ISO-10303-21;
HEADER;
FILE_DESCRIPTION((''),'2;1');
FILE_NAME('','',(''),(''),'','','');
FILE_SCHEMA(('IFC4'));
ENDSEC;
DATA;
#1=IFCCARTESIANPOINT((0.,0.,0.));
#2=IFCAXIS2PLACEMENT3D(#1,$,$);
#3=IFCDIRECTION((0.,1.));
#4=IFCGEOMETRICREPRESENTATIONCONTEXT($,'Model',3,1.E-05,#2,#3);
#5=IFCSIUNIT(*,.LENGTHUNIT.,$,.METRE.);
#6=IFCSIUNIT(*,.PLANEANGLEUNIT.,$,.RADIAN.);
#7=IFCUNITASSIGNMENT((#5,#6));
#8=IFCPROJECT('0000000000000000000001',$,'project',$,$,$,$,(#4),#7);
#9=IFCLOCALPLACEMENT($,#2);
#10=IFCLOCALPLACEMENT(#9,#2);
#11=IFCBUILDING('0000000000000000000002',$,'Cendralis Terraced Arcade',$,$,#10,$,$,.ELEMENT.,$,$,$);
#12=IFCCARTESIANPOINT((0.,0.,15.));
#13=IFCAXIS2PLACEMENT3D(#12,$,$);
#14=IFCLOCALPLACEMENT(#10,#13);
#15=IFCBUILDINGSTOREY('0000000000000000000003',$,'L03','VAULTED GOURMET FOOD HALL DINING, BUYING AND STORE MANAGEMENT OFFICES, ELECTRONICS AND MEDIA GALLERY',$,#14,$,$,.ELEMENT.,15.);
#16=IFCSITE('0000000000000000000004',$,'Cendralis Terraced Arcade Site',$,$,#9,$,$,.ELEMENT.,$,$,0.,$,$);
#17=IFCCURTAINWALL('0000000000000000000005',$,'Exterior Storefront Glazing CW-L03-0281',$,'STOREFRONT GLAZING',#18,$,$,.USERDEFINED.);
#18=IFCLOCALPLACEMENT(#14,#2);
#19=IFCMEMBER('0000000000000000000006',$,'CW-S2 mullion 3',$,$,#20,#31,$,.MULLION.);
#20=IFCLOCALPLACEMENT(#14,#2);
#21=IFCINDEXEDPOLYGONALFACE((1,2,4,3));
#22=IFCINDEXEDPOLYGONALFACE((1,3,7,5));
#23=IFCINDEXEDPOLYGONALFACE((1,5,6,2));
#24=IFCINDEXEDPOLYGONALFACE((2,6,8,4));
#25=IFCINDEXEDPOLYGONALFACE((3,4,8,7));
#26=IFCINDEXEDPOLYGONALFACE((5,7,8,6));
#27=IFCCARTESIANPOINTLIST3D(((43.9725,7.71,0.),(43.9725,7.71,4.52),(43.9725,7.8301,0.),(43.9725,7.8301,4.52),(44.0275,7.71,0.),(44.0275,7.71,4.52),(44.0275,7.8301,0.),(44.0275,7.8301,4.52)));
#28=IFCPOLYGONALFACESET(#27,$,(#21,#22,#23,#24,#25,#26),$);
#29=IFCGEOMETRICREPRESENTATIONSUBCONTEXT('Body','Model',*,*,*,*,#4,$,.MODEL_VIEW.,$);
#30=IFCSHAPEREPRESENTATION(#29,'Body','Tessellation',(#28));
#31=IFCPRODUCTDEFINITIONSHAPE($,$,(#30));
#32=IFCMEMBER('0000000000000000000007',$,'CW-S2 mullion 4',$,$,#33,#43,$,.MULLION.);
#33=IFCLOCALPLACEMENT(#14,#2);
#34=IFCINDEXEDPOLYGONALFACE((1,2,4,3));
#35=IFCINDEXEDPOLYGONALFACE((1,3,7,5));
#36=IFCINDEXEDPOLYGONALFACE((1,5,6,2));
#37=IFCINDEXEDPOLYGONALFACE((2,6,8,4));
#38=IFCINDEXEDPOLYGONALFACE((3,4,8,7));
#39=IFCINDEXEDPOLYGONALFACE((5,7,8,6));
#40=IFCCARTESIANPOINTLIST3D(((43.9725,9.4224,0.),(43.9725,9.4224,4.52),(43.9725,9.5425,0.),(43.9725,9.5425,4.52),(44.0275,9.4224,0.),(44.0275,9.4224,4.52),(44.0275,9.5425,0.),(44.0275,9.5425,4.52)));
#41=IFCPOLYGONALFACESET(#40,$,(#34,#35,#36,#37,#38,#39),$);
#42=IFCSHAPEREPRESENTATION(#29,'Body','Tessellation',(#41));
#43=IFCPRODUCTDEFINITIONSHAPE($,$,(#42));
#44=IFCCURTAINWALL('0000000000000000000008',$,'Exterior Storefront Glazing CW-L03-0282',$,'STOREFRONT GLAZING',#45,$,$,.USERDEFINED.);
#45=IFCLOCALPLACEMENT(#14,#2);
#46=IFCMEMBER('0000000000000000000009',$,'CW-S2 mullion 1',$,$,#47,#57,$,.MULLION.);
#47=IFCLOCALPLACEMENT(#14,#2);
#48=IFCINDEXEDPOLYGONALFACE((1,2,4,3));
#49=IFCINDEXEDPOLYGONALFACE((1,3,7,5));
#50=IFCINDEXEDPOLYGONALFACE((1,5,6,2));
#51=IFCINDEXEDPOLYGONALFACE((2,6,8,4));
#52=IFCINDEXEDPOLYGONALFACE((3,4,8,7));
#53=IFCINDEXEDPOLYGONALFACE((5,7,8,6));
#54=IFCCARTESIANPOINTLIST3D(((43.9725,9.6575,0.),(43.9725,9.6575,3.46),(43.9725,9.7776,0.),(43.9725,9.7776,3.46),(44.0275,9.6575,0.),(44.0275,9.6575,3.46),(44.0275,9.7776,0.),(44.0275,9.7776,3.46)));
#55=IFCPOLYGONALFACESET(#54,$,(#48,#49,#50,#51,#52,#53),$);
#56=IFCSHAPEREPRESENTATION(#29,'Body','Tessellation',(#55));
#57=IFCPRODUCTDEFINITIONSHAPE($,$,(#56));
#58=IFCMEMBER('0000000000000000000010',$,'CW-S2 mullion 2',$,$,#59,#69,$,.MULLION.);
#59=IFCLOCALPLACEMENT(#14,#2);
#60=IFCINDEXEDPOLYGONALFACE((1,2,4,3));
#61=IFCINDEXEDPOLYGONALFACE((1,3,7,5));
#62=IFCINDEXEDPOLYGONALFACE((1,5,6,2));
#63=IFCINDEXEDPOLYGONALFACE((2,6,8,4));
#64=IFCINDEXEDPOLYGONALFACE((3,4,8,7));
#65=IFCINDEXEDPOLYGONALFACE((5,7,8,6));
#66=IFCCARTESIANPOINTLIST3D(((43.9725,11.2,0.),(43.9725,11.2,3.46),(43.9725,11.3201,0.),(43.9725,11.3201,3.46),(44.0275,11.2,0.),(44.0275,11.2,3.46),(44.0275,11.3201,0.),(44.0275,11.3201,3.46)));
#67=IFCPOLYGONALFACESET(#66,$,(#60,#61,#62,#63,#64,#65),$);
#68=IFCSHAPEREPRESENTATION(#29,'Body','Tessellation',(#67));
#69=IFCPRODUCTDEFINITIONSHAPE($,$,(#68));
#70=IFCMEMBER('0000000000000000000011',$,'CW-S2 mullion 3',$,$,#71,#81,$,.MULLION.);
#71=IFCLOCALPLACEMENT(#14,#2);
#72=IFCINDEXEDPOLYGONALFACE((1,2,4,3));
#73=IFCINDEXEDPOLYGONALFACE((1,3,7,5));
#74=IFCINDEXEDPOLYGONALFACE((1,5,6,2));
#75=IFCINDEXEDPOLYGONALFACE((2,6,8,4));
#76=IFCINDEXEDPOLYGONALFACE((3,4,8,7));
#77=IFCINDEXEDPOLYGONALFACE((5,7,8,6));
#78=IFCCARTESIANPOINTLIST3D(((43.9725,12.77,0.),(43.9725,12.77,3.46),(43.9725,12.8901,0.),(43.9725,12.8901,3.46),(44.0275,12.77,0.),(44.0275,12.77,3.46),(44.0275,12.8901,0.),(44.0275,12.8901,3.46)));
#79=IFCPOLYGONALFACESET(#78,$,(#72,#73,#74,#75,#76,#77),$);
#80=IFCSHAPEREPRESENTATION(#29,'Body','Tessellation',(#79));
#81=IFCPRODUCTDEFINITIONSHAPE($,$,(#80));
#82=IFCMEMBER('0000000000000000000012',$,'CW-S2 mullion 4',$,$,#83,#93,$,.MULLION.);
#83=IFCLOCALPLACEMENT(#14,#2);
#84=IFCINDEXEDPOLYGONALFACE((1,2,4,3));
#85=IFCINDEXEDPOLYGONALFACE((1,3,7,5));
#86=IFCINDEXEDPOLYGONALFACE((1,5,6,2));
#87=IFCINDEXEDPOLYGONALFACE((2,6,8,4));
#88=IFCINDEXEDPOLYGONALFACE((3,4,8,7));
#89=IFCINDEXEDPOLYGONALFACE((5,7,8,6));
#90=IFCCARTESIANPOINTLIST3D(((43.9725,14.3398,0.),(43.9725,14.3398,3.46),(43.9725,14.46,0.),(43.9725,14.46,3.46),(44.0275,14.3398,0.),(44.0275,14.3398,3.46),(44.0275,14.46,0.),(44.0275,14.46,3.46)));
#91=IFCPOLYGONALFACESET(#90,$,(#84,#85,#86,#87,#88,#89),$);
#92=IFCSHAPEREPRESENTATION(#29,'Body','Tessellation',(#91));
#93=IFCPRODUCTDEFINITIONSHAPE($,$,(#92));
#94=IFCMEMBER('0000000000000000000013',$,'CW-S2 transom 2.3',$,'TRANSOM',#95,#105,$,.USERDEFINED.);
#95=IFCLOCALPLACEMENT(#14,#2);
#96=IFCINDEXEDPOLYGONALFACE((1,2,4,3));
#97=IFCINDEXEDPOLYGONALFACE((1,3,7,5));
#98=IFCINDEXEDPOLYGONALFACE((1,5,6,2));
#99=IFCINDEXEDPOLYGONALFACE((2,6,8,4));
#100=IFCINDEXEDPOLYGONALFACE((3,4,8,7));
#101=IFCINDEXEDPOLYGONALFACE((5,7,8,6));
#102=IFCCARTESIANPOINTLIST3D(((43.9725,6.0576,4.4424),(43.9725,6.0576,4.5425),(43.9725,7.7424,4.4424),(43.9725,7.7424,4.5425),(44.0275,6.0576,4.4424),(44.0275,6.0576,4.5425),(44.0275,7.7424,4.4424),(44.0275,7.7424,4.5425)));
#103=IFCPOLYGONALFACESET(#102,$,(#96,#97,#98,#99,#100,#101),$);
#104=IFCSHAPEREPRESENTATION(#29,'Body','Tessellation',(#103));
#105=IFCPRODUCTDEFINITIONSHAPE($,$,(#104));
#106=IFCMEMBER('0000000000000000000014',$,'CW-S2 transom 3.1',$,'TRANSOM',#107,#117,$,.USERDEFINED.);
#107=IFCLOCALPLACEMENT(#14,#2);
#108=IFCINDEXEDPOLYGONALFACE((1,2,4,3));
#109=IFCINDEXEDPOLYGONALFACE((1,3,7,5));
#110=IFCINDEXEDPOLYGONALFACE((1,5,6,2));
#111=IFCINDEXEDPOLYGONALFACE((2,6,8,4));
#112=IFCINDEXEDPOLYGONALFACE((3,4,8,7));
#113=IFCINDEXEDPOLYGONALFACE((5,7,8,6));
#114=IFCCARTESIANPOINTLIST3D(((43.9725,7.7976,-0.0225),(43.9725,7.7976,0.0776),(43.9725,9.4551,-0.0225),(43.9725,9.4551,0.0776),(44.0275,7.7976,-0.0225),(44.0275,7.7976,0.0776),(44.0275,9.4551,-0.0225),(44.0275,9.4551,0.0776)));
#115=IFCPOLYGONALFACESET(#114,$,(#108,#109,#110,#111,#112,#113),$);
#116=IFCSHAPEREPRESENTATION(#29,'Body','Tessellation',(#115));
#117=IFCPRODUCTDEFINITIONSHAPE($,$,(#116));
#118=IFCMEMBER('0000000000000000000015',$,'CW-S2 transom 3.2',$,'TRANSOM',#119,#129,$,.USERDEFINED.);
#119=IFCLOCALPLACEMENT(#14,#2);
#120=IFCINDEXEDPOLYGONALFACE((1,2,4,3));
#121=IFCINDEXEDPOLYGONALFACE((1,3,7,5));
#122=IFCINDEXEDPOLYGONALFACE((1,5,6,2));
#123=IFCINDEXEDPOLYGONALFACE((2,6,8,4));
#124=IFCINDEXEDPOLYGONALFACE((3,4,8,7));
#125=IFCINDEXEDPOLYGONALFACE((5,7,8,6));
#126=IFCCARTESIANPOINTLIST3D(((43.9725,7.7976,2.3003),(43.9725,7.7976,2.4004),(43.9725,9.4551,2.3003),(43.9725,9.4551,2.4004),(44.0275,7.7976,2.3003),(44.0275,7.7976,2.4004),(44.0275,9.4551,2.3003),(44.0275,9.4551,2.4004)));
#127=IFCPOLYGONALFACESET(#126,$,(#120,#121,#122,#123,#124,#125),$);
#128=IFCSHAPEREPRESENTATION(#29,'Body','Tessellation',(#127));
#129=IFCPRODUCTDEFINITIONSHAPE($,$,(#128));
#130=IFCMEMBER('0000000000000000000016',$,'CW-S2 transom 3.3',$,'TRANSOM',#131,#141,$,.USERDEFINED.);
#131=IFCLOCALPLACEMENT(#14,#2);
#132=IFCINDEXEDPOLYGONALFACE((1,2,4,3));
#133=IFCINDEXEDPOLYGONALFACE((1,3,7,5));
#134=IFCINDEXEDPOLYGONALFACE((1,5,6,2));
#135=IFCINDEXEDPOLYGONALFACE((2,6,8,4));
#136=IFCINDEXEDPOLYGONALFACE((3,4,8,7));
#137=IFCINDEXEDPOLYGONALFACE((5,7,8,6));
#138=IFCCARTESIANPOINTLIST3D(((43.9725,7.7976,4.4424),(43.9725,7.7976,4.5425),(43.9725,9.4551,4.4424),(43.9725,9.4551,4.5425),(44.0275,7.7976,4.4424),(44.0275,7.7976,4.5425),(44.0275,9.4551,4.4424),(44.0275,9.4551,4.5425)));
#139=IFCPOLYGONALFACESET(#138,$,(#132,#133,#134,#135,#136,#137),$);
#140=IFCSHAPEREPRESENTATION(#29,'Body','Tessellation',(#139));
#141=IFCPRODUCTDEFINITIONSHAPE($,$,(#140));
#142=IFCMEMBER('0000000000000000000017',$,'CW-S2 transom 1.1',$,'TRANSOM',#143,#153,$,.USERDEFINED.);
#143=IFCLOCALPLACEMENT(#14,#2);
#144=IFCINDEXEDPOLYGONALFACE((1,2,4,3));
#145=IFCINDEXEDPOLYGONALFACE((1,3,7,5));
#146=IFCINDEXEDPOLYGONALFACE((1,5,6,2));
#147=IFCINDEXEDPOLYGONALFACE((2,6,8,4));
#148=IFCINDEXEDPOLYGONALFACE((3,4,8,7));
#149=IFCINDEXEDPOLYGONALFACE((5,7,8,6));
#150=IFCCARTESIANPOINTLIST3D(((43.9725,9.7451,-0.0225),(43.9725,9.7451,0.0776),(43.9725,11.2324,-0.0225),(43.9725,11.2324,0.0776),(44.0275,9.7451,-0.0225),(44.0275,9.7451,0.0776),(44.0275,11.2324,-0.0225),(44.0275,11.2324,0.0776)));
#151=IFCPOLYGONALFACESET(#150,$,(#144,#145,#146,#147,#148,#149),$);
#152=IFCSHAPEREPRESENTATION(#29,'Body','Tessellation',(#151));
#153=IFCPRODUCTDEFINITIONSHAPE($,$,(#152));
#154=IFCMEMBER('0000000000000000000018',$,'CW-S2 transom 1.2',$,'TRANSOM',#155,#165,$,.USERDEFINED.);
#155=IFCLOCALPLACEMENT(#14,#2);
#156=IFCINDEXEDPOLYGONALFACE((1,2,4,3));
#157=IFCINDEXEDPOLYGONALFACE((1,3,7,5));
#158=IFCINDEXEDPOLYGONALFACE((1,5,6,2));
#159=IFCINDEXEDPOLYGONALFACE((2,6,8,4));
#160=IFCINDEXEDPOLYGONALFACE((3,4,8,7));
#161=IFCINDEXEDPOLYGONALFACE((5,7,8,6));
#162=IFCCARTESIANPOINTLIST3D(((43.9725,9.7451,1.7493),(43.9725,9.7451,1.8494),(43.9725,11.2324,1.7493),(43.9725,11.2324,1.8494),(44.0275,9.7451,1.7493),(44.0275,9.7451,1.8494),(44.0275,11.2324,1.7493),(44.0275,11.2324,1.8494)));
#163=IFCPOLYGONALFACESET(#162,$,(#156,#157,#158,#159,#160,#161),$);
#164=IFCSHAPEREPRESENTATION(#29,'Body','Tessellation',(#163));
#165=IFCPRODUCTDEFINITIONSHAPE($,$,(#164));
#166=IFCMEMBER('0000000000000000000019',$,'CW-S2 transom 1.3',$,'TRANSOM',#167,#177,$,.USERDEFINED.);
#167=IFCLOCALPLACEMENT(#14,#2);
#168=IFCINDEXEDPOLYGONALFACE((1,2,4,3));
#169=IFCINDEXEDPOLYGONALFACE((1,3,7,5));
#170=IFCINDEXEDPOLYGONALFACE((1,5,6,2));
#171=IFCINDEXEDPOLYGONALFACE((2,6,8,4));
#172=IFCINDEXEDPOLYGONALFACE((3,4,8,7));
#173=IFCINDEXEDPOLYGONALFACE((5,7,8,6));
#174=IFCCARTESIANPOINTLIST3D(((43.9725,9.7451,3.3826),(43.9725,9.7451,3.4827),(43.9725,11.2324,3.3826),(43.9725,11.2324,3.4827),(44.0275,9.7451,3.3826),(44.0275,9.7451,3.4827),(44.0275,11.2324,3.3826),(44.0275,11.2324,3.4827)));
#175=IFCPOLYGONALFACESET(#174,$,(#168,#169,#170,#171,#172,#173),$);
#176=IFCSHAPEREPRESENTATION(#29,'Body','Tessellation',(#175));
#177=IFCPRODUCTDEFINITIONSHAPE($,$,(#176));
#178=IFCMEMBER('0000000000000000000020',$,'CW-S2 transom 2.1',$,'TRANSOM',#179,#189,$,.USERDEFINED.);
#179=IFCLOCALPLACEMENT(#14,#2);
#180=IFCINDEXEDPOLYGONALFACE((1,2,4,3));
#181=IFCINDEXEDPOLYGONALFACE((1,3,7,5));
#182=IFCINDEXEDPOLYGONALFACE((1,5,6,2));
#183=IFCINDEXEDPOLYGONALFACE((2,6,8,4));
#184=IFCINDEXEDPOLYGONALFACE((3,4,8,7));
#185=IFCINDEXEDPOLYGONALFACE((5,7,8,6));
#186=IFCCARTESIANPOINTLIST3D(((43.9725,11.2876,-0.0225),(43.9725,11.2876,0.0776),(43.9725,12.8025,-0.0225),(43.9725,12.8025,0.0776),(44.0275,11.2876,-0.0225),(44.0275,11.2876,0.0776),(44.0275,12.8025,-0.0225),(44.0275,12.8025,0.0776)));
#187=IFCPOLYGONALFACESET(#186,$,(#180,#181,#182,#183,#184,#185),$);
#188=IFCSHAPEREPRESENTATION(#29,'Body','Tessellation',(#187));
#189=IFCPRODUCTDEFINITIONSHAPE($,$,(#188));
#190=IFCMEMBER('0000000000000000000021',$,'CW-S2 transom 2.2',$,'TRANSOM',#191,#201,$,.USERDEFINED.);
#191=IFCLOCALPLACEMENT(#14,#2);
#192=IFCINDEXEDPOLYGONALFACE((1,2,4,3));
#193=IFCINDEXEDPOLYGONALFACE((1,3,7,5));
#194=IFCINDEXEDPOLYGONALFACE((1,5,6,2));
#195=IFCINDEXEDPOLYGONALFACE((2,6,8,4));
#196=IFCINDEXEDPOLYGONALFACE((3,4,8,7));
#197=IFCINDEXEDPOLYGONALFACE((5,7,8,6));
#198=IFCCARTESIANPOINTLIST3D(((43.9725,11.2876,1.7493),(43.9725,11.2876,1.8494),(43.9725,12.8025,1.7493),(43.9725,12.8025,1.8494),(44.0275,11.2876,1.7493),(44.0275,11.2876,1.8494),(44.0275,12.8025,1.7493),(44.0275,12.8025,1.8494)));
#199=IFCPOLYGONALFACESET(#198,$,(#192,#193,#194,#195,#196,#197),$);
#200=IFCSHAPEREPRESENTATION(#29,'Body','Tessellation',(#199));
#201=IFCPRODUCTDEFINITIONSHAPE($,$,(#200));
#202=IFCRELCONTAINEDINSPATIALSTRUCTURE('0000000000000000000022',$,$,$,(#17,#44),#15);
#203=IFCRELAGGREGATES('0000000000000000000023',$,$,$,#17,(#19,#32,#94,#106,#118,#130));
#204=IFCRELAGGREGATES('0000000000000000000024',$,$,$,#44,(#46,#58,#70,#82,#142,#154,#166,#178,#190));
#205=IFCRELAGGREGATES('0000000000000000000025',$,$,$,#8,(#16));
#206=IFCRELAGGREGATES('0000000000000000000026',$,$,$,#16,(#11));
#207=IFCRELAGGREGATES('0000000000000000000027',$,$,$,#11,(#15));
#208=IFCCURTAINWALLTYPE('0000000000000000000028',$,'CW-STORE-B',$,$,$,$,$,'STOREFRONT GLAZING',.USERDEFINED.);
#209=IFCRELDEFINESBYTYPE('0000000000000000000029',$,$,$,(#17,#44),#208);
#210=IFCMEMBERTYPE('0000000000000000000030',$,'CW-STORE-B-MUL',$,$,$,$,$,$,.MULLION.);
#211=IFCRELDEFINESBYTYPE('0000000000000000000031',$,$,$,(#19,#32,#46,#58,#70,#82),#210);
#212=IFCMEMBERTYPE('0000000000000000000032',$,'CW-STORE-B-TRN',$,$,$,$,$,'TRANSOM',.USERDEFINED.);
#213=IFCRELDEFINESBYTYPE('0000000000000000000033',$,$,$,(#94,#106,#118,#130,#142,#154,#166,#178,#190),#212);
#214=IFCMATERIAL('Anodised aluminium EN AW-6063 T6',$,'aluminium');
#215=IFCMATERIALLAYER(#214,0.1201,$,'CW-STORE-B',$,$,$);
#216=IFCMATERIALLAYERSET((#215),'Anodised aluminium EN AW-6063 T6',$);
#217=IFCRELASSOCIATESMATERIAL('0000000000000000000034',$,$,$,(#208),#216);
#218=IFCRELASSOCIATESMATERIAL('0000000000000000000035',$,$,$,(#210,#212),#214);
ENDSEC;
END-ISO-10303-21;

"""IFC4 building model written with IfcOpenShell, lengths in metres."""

from ifc_helpers import new_model, si_unit, direction, frame, origin, origin_2d, place, context, subcontext, project, spatial, rectangle, extrude, material, layer, layer_set, material_profile, profile_set, type_object, element, aggregate, save


model = new_model("IFC4")

# Units and contexts
model_context = context("Model", 3, precision=1e-05, world=origin(), true_north=direction((0.0, 1.0)))
body_context = subcontext(model_context, "Body", "Model", "MODEL_VIEW")
ifc_project = project(units=[si_unit("LENGTHUNIT", "METRE"), si_unit("PLANEANGLEUNIT", "RADIAN")], contexts=[model_context])

# Site, building, storey
site_placement = place(None, origin())
site = spatial("IfcSite", under=ifc_project, at=site_placement, Name="Cendralis Terraced Arcade Site", CompositionType="ELEMENT", RefElevation=0.0)
building_placement = place(site_placement, origin())
building = spatial("IfcBuilding", under=site, at=building_placement, Name="Cendralis Terraced Arcade", CompositionType="ELEMENT")
storey_placement = place(building_placement, frame((0.0, 0.0, 15.0)))
storey = spatial("IfcBuildingStorey", under=building, at=storey_placement, Name="L03", Description="VAULTED GOURMET FOOD HALL DINING, BUYING AND STORE MANAGEMENT OFFICES, ELECTRONICS AND MEDIA GALLERY", CompositionType="ELEMENT", Elevation=15.0)

# Curtain walls, members
ifc_material_1 = material(Name="Anodised aluminium EN AW-6063 T6", Category="aluminium")
ifc_layer_1 = layer(ifc_material_1, 0.1201, Name="CW-STORE-B")
ifc_layer_set_1 = layer_set([ifc_layer_1], Name="Anodised aluminium EN AW-6063 T6")
curtain_wall_type = type_object("IfcCurtainWallType", Name="CW-STORE-B", ElementType="STOREFRONT GLAZING", PredefinedType="USERDEFINED", material=ifc_layer_set_1)
curtain_wall_1_placement = place(storey_placement, origin())
curtain_wall_1 = element("IfcCurtainWall", 1, at=curtain_wall_1_placement, inside=storey, type_object=curtain_wall_type, Name="Exterior Storefront Glazing CW-L03-0281", ObjectType="STOREFRONT GLAZING", PredefinedType="USERDEFINED")
ifc_material_profile_1 = material_profile(ifc_material_1, rectangle(XDim=0.0549, YDim=0.1201, at=origin_2d()), Name="ALU-MUL-55x120")
ifc_profile_set_1 = profile_set([ifc_material_profile_1], Name="Anodised aluminium EN AW-6063 T6")
member_type_1 = type_object("IfcMemberType", Name="CW-STORE-B-MUL", PredefinedType="MULLION", material=ifc_profile_set_1)
member_1_placement = place(storey_placement, frame((44.0, 7.77, 0.0), z_axis=(0.0, 0.0, 1.0), x_axis=(-1.0, 0.0, 0.0)))
member_1 = element("IfcMember", 2, at=member_1_placement, type_object=member_type_1, Name="CW-S2 mullion 3", PredefinedType="MULLION", context=body_context, shape_type="SweptSolid", body=[
    extrude(rectangle(XDim=0.0549, YDim=0.1201, at=origin_2d()), origin(), (0.0, 0.0, 1.0), 4.52),
])
member_2_placement = place(storey_placement, frame((44.0, 9.4824, 0.0), z_axis=(0.0, 0.0, 1.0), x_axis=(-1.0, 0.0, 0.0)))
member_2 = element("IfcMember", 3, at=member_2_placement, type_object=member_type_1, Name="CW-S2 mullion 4", PredefinedType="MULLION", context=body_context, shape_type="SweptSolid", body=[
    extrude(rectangle(XDim=0.0549, YDim=0.1201, at=origin_2d()), origin(), (0.0, 0.0, 1.0), 4.52),
])
curtain_wall_2_placement = place(storey_placement, origin())
curtain_wall_2 = element("IfcCurtainWall", 4, at=curtain_wall_2_placement, inside=storey, type_object=curtain_wall_type, Name="Exterior Storefront Glazing CW-L03-0282", ObjectType="STOREFRONT GLAZING", PredefinedType="USERDEFINED")
member_3_placement = place(storey_placement, frame((44.0, 9.7175, 0.0), z_axis=(0.0, 0.0, 1.0), x_axis=(-1.0, 0.0, 0.0)))
member_3 = element("IfcMember", 5, at=member_3_placement, type_object=member_type_1, Name="CW-S2 mullion 1", PredefinedType="MULLION", context=body_context, shape_type="SweptSolid", body=[
    extrude(rectangle(XDim=0.0549, YDim=0.1201, at=origin_2d()), origin(), (0.0, 0.0, 1.0), 3.46),
])
member_4_placement = place(storey_placement, frame((44.0, 11.26, 0.0), z_axis=(0.0, 0.0, 1.0), x_axis=(-1.0, 0.0, 0.0)))
member_4 = element("IfcMember", 6, at=member_4_placement, type_object=member_type_1, Name="CW-S2 mullion 2", PredefinedType="MULLION", context=body_context, shape_type="SweptSolid", body=[
    extrude(rectangle(XDim=0.0549, YDim=0.1201, at=origin_2d()), origin(), (0.0, 0.0, 1.0), 3.46),
])
member_5_placement = place(storey_placement, frame((44.0, 12.8301, 0.0), z_axis=(0.0, 0.0, 1.0), x_axis=(-1.0, 0.0, 0.0)))
member_5 = element("IfcMember", 7, at=member_5_placement, type_object=member_type_1, Name="CW-S2 mullion 3", PredefinedType="MULLION", context=body_context, shape_type="SweptSolid", body=[
    extrude(rectangle(XDim=0.0549, YDim=0.1201, at=origin_2d()), origin(), (0.0, 0.0, 1.0), 3.46),
])
member_6_placement = place(storey_placement, frame((44.0, 14.3999, 0.0), z_axis=(0.0, 0.0, 1.0), x_axis=(-1.0, 0.0, 0.0)))
member_6 = element("IfcMember", 8, at=member_6_placement, type_object=member_type_1, Name="CW-S2 mullion 4", PredefinedType="MULLION", context=body_context, shape_type="SweptSolid", body=[
    extrude(rectangle(XDim=0.0549, YDim=0.1201, at=origin_2d()), origin(), (0.0, 0.0, 1.0), 3.46),
])

# Members
ifc_material_profile_2 = material_profile(ifc_material_1, rectangle(XDim=0.0549, YDim=0.1001, at=origin_2d()), Name="ALU-TRN-55x100")
ifc_profile_set_2 = profile_set([ifc_material_profile_2], Name="Anodised aluminium EN AW-6063 T6")
member_type_2 = type_object("IfcMemberType", Name="CW-STORE-B-TRN", ElementType="TRANSOM", PredefinedType="USERDEFINED", material=ifc_profile_set_2)
member_7_placement = place(storey_placement, frame((44.0, 6.0576, 4.4924), z_axis=(0.0, 1.0, 0.0), x_axis=(-1.0, 0.0, 0.0)))
member_7 = element("IfcMember", 9, at=member_7_placement, type_object=member_type_2, Name="CW-S2 transom 2.3", ObjectType="TRANSOM", PredefinedType="USERDEFINED", context=body_context, shape_type="SweptSolid", body=[
    extrude(rectangle(XDim=0.0549, YDim=0.1001, at=origin_2d()), origin(), (0.0, 0.0, 1.0), 1.6848),
])
member_8_placement = place(storey_placement, frame((44.0, 7.7976, 0.0276), z_axis=(0.0, 1.0, 0.0), x_axis=(-1.0, 0.0, 0.0)))
member_8 = element("IfcMember", 10, at=member_8_placement, type_object=member_type_2, Name="CW-S2 transom 3.1", ObjectType="TRANSOM", PredefinedType="USERDEFINED", context=body_context, shape_type="SweptSolid", body=[
    extrude(rectangle(XDim=0.0549, YDim=0.1001, at=origin_2d()), origin(), (0.0, 0.0, 1.0), 1.6575),
])
member_9_placement = place(storey_placement, frame((44.0, 7.7976, 2.3503), z_axis=(0.0, 1.0, 0.0), x_axis=(-1.0, 0.0, 0.0)))
member_9 = element("IfcMember", 11, at=member_9_placement, type_object=member_type_2, Name="CW-S2 transom 3.2", ObjectType="TRANSOM", PredefinedType="USERDEFINED", context=body_context, shape_type="SweptSolid", body=[
    extrude(rectangle(XDim=0.0549, YDim=0.1001, at=origin_2d()), origin(), (0.0, 0.0, 1.0), 1.6575),
])
member_10_placement = place(storey_placement, frame((44.0, 7.7976, 4.4924), z_axis=(0.0, 1.0, 0.0), x_axis=(-1.0, 0.0, 0.0)))
member_10 = element("IfcMember", 12, at=member_10_placement, type_object=member_type_2, Name="CW-S2 transom 3.3", ObjectType="TRANSOM", PredefinedType="USERDEFINED", context=body_context, shape_type="SweptSolid", body=[
    extrude(rectangle(XDim=0.0549, YDim=0.1001, at=origin_2d()), origin(), (0.0, 0.0, 1.0), 1.6575),
])
member_11_placement = place(storey_placement, frame((44.0, 9.7451, 0.0276), z_axis=(0.0, 1.0, 0.0), x_axis=(-1.0, 0.0, 0.0)))
member_11 = element("IfcMember", 13, at=member_11_placement, type_object=member_type_2, Name="CW-S2 transom 1.1", ObjectType="TRANSOM", PredefinedType="USERDEFINED", context=body_context, shape_type="SweptSolid", body=[
    extrude(rectangle(XDim=0.0549, YDim=0.1001, at=origin_2d()), origin(), (0.0, 0.0, 1.0), 1.4873),
])
member_12_placement = place(storey_placement, frame((44.0, 9.7451, 1.7993), z_axis=(0.0, 1.0, 0.0), x_axis=(-1.0, 0.0, 0.0)))
member_12 = element("IfcMember", 14, at=member_12_placement, type_object=member_type_2, Name="CW-S2 transom 1.2", ObjectType="TRANSOM", PredefinedType="USERDEFINED", context=body_context, shape_type="SweptSolid", body=[
    extrude(rectangle(XDim=0.0549, YDim=0.1001, at=origin_2d()), origin(), (0.0, 0.0, 1.0), 1.4873),
])
member_13_placement = place(storey_placement, frame((44.0, 9.7451, 3.4326), z_axis=(0.0, 1.0, 0.0), x_axis=(-1.0, 0.0, 0.0)))
member_13 = element("IfcMember", 15, at=member_13_placement, type_object=member_type_2, Name="CW-S2 transom 1.3", ObjectType="TRANSOM", PredefinedType="USERDEFINED", context=body_context, shape_type="SweptSolid", body=[
    extrude(rectangle(XDim=0.0549, YDim=0.1001, at=origin_2d()), origin(), (0.0, 0.0, 1.0), 1.4873),
])
member_14_placement = place(storey_placement, frame((44.0, 11.2876, 0.0276), z_axis=(0.0, 1.0, 0.0), x_axis=(-1.0, 0.0, 0.0)))
member_14 = element("IfcMember", 16, at=member_14_placement, type_object=member_type_2, Name="CW-S2 transom 2.1", ObjectType="TRANSOM", PredefinedType="USERDEFINED", context=body_context, shape_type="SweptSolid", body=[
    extrude(rectangle(XDim=0.0549, YDim=0.1001, at=origin_2d()), origin(), (0.0, 0.0, 1.0), 1.5149),
])
member_15_placement = place(storey_placement, frame((44.0, 11.2876, 1.7993), z_axis=(0.0, 1.0, 0.0), x_axis=(-1.0, 0.0, 0.0)))
member_15 = element("IfcMember", 17, at=member_15_placement, type_object=member_type_2, Name="CW-S2 transom 2.2", ObjectType="TRANSOM", PredefinedType="USERDEFINED", context=body_context, shape_type="SweptSolid", body=[
    extrude(rectangle(XDim=0.0549, YDim=0.1001, at=origin_2d()), origin(), (0.0, 0.0, 1.0), 1.5149),
])

aggregate(curtain_wall_1, [member_1, member_2, member_7, member_8, member_9, member_10])
aggregate(curtain_wall_2, [member_3, member_4, member_5, member_6, member_11, member_12, member_13, member_14, member_15])

save(model, "model.ifc")
